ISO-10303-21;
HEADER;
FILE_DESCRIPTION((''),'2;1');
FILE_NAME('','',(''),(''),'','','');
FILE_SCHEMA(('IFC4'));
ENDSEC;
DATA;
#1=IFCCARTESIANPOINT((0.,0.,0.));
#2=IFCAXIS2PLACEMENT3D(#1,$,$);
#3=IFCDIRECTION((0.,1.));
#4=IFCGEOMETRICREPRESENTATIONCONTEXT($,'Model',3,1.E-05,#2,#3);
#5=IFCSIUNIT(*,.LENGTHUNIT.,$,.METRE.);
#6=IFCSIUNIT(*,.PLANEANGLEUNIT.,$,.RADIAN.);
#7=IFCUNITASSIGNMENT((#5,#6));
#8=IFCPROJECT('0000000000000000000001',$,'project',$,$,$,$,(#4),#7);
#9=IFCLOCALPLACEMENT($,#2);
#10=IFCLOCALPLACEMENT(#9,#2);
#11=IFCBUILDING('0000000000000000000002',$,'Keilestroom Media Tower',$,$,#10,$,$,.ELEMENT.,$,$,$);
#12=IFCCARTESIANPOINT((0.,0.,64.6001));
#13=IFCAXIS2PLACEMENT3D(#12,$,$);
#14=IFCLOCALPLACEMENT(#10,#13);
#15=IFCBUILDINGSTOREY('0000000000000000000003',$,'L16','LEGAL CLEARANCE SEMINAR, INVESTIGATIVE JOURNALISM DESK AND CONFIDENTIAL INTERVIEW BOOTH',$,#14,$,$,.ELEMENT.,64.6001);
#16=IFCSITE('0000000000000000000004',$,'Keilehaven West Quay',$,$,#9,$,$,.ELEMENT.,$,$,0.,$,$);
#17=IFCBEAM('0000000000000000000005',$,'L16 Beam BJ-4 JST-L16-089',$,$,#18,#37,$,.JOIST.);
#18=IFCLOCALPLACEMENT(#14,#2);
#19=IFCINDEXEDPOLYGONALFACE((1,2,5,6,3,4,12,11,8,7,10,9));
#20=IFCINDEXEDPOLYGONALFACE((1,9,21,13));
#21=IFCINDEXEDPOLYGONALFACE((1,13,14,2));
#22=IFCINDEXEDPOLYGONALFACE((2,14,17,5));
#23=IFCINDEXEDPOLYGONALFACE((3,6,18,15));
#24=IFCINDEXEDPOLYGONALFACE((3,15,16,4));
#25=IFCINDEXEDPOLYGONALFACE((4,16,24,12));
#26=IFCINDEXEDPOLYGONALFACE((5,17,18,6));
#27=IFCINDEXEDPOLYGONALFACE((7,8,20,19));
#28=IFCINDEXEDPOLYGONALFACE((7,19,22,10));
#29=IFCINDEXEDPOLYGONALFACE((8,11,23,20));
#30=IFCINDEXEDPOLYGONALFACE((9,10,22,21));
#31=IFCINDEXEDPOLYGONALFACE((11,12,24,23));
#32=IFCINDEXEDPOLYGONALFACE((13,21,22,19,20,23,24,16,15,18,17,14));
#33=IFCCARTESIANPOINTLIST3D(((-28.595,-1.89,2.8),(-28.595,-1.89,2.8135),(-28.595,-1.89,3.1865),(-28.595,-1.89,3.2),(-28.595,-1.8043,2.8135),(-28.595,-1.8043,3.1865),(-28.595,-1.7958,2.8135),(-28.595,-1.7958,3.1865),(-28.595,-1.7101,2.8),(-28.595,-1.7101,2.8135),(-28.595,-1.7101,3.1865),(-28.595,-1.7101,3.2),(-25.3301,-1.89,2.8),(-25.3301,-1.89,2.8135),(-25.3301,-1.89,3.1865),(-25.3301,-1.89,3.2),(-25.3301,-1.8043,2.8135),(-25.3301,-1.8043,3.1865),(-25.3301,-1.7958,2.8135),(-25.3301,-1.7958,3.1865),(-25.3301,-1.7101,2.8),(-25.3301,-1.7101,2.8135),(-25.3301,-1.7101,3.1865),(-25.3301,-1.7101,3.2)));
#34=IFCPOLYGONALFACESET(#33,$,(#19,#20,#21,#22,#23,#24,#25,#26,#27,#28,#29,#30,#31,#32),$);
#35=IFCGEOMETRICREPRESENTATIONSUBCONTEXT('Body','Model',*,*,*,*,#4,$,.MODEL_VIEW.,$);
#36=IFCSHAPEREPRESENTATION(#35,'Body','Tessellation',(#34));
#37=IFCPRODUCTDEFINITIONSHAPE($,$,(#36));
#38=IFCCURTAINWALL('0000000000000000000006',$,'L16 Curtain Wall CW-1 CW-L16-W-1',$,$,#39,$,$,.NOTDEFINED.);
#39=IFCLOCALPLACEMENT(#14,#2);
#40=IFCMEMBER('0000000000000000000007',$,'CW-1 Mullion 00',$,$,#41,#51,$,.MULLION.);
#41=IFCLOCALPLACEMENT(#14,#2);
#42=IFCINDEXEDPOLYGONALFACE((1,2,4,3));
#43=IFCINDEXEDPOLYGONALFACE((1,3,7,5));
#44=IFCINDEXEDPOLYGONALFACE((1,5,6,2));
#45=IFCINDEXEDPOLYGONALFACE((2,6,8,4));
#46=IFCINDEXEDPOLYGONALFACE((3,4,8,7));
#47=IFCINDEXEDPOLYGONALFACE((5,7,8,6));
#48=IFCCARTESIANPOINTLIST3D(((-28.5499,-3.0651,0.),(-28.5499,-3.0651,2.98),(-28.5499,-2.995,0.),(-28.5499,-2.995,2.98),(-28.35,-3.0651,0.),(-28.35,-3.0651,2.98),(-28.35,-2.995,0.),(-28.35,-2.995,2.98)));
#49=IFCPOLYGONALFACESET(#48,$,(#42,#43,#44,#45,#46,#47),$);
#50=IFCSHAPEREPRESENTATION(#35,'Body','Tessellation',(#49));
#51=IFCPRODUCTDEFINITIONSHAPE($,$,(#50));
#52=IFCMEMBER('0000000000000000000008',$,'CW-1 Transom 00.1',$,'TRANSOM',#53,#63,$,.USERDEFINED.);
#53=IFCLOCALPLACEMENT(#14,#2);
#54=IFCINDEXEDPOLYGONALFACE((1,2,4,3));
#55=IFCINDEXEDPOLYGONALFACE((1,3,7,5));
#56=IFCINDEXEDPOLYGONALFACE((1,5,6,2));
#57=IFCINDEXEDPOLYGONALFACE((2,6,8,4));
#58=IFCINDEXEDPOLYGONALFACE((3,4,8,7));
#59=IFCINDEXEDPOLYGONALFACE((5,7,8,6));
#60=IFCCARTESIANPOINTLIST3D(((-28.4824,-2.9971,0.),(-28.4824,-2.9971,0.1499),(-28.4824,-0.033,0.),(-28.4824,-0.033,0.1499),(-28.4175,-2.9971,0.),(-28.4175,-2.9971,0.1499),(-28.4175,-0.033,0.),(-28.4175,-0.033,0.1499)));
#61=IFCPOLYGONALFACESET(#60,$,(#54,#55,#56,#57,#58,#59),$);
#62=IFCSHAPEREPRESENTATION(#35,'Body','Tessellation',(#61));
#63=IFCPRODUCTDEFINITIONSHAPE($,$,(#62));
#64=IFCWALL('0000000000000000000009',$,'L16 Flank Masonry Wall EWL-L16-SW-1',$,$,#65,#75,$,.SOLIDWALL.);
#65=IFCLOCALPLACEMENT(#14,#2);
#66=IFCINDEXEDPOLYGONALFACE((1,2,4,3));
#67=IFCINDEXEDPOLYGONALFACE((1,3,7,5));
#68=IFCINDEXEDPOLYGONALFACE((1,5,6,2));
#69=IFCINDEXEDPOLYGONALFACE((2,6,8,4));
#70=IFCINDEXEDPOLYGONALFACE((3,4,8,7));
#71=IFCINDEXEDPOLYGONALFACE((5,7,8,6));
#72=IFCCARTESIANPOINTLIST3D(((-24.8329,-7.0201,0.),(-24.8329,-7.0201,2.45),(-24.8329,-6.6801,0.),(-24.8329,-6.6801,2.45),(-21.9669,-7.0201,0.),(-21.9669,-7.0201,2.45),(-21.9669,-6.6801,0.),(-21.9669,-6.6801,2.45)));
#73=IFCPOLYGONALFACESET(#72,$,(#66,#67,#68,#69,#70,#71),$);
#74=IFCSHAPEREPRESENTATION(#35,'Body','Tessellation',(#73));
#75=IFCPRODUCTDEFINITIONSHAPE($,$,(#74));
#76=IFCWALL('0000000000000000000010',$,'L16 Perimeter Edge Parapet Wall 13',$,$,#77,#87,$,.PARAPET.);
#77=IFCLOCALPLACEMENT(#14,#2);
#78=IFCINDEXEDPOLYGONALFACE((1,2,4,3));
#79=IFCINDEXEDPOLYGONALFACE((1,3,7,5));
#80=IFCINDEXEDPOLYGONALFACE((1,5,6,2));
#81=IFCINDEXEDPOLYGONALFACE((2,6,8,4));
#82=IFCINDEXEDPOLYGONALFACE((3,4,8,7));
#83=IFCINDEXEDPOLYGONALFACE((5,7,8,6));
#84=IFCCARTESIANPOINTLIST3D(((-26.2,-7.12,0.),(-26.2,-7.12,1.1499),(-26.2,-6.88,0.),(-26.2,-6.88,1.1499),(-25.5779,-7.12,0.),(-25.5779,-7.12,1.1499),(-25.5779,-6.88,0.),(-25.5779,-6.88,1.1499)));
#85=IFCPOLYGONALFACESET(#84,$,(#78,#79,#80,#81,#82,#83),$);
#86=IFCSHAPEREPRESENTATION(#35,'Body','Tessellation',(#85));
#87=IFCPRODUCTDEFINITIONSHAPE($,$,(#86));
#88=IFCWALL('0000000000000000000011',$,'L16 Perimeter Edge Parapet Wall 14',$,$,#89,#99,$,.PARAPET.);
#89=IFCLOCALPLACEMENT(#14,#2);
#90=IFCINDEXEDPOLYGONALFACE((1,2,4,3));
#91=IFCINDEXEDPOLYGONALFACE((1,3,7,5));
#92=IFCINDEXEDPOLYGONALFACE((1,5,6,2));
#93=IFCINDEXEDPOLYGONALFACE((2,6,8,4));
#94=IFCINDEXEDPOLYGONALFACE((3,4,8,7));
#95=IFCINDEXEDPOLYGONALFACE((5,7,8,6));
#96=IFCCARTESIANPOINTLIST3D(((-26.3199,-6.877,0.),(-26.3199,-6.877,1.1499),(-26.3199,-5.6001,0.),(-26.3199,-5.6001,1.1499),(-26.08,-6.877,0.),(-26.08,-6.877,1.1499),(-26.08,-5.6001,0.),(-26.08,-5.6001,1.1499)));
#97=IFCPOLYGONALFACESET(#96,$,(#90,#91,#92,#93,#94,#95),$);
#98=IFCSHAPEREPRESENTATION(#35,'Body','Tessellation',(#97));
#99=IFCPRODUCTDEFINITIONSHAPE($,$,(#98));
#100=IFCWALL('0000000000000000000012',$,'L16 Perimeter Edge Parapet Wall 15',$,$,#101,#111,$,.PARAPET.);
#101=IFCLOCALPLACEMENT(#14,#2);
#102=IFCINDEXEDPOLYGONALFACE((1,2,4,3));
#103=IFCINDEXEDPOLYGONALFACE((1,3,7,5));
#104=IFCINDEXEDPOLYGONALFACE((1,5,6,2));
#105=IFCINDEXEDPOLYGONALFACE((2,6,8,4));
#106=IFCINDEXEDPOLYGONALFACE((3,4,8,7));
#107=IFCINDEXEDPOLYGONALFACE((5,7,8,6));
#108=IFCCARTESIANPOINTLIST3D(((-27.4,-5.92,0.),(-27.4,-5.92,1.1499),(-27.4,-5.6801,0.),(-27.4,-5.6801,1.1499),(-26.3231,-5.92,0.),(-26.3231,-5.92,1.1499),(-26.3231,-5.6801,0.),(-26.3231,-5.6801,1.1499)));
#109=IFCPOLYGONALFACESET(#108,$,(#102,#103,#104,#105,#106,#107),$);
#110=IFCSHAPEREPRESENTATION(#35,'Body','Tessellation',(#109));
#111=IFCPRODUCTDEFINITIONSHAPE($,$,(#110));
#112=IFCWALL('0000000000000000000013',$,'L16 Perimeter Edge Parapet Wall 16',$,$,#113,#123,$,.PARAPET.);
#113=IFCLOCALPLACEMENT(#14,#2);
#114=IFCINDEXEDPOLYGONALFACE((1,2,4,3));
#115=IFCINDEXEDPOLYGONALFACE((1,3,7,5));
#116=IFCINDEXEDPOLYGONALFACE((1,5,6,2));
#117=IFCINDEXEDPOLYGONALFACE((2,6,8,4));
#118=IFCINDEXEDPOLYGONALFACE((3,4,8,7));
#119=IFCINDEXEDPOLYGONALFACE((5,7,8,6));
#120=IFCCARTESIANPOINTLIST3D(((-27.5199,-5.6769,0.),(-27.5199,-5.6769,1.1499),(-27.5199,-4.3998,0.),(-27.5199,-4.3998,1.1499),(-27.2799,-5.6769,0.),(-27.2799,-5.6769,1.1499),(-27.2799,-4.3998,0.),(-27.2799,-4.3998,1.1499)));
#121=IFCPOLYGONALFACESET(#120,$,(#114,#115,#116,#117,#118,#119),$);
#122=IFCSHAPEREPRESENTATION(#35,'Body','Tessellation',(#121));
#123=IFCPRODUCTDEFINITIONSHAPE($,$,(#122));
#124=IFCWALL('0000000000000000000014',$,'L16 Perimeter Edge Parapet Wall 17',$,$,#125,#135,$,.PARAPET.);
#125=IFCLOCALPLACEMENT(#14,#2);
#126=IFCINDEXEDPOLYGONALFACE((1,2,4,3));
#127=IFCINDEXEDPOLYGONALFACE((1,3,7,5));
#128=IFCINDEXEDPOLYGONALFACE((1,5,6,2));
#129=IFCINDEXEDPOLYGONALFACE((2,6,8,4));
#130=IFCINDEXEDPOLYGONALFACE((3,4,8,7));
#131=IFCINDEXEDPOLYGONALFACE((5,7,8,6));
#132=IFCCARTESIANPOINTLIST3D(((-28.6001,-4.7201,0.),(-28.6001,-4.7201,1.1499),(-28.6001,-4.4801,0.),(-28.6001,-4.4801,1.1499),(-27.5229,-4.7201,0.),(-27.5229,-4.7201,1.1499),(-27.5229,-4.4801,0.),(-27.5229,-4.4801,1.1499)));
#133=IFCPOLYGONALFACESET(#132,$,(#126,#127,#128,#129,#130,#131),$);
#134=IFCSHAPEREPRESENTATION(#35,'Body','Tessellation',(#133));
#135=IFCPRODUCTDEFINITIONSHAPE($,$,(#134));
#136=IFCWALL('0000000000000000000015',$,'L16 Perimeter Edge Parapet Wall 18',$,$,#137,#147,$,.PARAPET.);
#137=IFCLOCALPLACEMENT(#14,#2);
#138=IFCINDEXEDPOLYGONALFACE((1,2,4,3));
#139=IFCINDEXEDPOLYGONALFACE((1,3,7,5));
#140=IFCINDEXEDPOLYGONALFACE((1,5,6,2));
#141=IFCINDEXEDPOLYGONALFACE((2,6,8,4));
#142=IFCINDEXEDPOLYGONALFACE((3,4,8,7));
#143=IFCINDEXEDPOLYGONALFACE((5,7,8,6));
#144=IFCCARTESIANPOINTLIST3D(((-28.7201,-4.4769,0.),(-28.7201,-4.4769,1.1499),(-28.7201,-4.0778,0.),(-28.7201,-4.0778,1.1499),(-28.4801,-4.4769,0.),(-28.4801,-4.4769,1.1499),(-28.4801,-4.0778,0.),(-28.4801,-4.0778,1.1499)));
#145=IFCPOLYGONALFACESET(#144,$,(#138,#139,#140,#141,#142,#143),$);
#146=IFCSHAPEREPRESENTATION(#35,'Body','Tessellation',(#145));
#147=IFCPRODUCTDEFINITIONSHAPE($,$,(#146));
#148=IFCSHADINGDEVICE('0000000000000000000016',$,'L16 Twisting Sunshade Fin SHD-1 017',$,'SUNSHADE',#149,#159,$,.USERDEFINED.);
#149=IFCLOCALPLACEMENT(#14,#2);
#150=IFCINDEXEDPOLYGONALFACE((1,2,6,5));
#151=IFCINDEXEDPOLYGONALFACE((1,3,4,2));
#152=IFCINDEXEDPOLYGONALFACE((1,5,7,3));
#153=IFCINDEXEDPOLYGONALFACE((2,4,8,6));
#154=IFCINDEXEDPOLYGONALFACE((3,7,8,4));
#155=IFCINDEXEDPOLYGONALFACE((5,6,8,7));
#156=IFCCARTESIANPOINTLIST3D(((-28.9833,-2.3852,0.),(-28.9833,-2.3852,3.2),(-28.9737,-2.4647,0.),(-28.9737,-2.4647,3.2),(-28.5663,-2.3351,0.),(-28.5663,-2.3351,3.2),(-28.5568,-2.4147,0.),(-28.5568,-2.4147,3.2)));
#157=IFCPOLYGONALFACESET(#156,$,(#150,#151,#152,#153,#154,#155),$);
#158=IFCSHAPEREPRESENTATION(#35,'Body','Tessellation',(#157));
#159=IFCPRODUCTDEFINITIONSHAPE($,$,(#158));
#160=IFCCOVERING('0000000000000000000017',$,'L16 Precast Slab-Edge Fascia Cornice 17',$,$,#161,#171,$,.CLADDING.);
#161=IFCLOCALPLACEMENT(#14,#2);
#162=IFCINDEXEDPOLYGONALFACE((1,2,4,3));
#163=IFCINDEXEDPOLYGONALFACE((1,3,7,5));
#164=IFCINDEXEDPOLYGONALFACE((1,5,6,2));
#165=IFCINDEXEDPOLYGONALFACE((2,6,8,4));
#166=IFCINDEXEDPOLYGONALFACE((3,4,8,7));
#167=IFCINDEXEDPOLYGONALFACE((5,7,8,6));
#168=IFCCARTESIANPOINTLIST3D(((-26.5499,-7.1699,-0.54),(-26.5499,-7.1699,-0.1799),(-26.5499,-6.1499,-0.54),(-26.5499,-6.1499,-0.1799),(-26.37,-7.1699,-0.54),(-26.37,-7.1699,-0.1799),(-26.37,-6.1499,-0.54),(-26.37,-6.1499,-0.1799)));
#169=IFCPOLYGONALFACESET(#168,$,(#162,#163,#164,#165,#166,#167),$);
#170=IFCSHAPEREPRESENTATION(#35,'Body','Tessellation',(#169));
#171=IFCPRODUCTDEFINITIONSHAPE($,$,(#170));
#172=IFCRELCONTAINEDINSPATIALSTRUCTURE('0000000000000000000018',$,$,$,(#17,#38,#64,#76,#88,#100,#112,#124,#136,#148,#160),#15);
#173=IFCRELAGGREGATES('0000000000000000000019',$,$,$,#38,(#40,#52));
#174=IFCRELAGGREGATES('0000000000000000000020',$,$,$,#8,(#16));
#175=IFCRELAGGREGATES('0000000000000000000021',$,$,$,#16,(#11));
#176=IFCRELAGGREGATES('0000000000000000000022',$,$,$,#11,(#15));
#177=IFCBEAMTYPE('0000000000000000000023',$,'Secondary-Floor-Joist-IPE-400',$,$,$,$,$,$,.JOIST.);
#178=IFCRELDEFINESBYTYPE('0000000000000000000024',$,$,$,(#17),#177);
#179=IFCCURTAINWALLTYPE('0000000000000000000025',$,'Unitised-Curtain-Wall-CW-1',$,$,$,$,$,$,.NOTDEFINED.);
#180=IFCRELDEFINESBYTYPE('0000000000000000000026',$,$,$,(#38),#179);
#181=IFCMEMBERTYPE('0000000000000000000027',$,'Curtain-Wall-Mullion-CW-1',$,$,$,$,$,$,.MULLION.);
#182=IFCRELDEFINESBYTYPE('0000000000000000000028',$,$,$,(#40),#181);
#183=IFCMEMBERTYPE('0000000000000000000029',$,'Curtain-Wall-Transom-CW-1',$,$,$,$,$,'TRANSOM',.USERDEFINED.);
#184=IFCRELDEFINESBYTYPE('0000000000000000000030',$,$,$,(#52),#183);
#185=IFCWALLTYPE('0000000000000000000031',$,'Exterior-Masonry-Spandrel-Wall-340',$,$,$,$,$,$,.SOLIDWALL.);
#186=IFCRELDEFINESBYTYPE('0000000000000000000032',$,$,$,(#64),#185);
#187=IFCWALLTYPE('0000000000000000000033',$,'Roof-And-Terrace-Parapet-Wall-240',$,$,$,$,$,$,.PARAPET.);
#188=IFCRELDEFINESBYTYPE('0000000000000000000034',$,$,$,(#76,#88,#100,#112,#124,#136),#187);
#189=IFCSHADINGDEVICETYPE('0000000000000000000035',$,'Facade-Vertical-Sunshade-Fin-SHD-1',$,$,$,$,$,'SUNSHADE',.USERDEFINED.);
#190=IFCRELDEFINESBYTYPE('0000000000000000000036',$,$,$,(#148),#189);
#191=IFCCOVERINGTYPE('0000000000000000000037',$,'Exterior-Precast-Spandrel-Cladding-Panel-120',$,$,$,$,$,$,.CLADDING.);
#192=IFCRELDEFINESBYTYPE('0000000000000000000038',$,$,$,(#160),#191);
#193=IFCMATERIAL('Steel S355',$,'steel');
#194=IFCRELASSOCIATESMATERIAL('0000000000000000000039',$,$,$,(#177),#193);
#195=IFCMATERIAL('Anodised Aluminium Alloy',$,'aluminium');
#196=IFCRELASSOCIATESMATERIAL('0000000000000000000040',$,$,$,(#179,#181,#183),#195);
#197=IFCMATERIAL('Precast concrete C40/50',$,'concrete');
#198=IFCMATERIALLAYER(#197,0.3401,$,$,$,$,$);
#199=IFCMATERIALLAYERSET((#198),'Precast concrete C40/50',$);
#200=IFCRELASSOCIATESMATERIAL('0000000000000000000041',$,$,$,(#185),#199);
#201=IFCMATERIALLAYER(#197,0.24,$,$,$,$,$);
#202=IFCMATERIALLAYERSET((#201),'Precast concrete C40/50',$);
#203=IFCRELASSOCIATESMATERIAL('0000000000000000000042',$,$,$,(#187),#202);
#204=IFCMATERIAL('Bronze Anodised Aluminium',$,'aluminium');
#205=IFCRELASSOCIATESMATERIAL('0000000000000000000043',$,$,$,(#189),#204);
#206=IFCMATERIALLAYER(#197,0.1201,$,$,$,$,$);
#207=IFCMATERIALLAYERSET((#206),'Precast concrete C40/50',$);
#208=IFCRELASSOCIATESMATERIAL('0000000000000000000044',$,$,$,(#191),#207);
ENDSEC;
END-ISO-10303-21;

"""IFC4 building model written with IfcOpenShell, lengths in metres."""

from ifc_helpers import new_model, si_unit, direction, frame, frame_2d, origin, origin_2d, place, context, subcontext, project, spatial, rectangle, i_section, extrude, source, transform, mapped, material, layer, layer_set, material_profile, profile_set, type_object, element, aggregate, save


model = new_model("IFC4")

# Units and contexts
model_context = context("Model", 3, precision=1e-05, world=origin(), true_north=direction((0.0, 1.0)))
body_context = subcontext(model_context, "Body", "Model", "MODEL_VIEW")
ifc_project = project(units=[si_unit("LENGTHUNIT", "METRE"), si_unit("PLANEANGLEUNIT", "RADIAN")], contexts=[model_context])

# Site, building, storey
site_placement = place(None, origin())
site = spatial("IfcSite", under=ifc_project, at=site_placement, Name="Keilehaven West Quay", CompositionType="ELEMENT", RefElevation=0.0)
building_placement = place(site_placement, origin())
building = spatial("IfcBuilding", under=site, at=building_placement, Name="Keilestroom Media Tower", CompositionType="ELEMENT")
storey_placement = place(building_placement, frame((0.0, 0.0, 64.6001)))
storey = spatial("IfcBuildingStorey", under=building, at=storey_placement, Name="L16", Description="LEGAL CLEARANCE SEMINAR, INVESTIGATIVE JOURNALISM DESK AND CONFIDENTIAL INTERVIEW BOOTH", CompositionType="ELEMENT", Elevation=64.6001)

# Shared definitions
ifc_material_1 = material(Name="Precast concrete C40/50", Category="concrete")

# Beam
ifc_material_2 = material(Name="Steel S355", Category="steel")
ifc_material_profile_1 = material_profile(ifc_material_2, i_section(OverallWidth=0.1799, OverallDepth=0.3999, WebThickness=0.0085, FlangeThickness=0.0134, at=origin_2d()), Name="IPE 400")
ifc_profile_set_1 = profile_set([ifc_material_profile_1], Name="Steel S355")
beam_type_1 = type_object("IfcBeamType", Name="Secondary-Floor-Joist-IPE-400", PredefinedType="JOIST", material=ifc_profile_set_1)
shared_shape_1 = source(origin(), body_context, "Body", "SweptSolid", [
    extrude(i_section(OverallWidth=0.1799, OverallDepth=0.3999, WebThickness=0.0085, FlangeThickness=0.0134, at=origin_2d()), origin(), (0.0, 0.0, 1.0), 3.2649),
])
beam_1_placement = place(storey_placement, frame((-28.595, -1.8, 3.0), z_axis=(1.0, 0.0, 0.0), x_axis=(0.0, 1.0, 0.0)))
element("IfcBeam", 1, at=beam_1_placement, inside=storey, type_object=beam_type_1, Name="L16 Beam BJ-4 JST-L16-089", PredefinedType="JOIST", context=body_context, shape_type="MappedRepresentation", body=[
    mapped(shared_shape_1, transform((0.0, 0.0, 0.0), x_axis=(1.0, 0.0, 0.0), y_axis=(0.0, 1.0, 0.0), z_axis=(0.0, 0.0, 1.0), scale=1.0)),
])

# Curtain wall, members
ifc_material_3 = material(Name="Anodised Aluminium Alloy", Category="aluminium")
curtain_wall_type = type_object("IfcCurtainWallType", Name="Unitised-Curtain-Wall-CW-1", PredefinedType="NOTDEFINED", material=ifc_material_3)
curtain_wall_placement = place(storey_placement, origin())
curtain_wall = element("IfcCurtainWall", 2, at=curtain_wall_placement, inside=storey, type_object=curtain_wall_type, Name="L16 Curtain Wall CW-1 CW-L16-W-1", PredefinedType="NOTDEFINED")
ifc_material_profile_2 = material_profile(ifc_material_3, rectangle(XDim=0.0701, YDim=0.2, at=origin_2d()), Name="ALU MULLION 70x200")
ifc_profile_set_2 = profile_set([ifc_material_profile_2], Name="Anodised Aluminium Alloy")
member_type_1 = type_object("IfcMemberType", Name="Curtain-Wall-Mullion-CW-1", PredefinedType="MULLION", material=ifc_profile_set_2)
shared_shape_2 = source(origin(), body_context, "Body", "SweptSolid", [
    extrude(rectangle(XDim=0.0701, YDim=0.2, at=origin_2d()), origin(), (0.0, 0.0, 1.0), 2.98),
])
member_1_placement = place(storey_placement, frame((-28.45, -3.03, 0.0), z_axis=(0.0, 0.0, 1.0), x_axis=(0.0, 1.0, 0.0)))
member_1 = element("IfcMember", 3, at=member_1_placement, type_object=member_type_1, Name="CW-1 Mullion 00", PredefinedType="MULLION", context=body_context, shape_type="MappedRepresentation", body=[
    mapped(shared_shape_2, transform((0.0, 0.0, 0.0), x_axis=(1.0, 0.0, 0.0), y_axis=(0.0, 1.0, 0.0), z_axis=(0.0, 0.0, 1.0), scale=1.0)),
])
ifc_material_profile_3 = material_profile(ifc_material_3, rectangle(XDim=0.0649, YDim=0.1499, at=origin_2d()), Name="ALU TRANSOM 65x150")
ifc_profile_set_3 = profile_set([ifc_material_profile_3], Name="Anodised Aluminium Alloy")
member_type_2 = type_object("IfcMemberType", Name="Curtain-Wall-Transom-CW-1", ElementType="TRANSOM", PredefinedType="USERDEFINED", material=ifc_profile_set_3)
shared_shape_3 = source(origin(), body_context, "Body", "SweptSolid", [
    extrude(rectangle(XDim=0.0649, YDim=0.1499, at=origin_2d()), origin(), (0.0, 0.0, 1.0), 2.9641),
])
member_2_placement = place(storey_placement, frame((-28.45, -2.9971, 0.075), z_axis=(0.0, 1.0, 0.0), x_axis=(-1.0, 0.0, 0.0)))
member_2 = element("IfcMember", 4, at=member_2_placement, type_object=member_type_2, Name="CW-1 Transom 00.1", ObjectType="TRANSOM", PredefinedType="USERDEFINED", context=body_context, shape_type="MappedRepresentation", body=[
    mapped(shared_shape_3, transform((0.0, 0.0, 0.0), x_axis=(1.0, 0.0, 0.0), y_axis=(0.0, 1.0, 0.0), z_axis=(0.0, 0.0, 1.0), scale=1.0)),
])
aggregate(curtain_wall, [member_1, member_2])

# Walls
ifc_layer_1 = layer(ifc_material_1, 0.3401)
ifc_layer_set_1 = layer_set([ifc_layer_1], Name="Precast concrete C40/50")
wall_type_1 = type_object("IfcWallType", Name="Exterior-Masonry-Spandrel-Wall-340", PredefinedType="SOLIDWALL", material=ifc_layer_set_1)
wall_1_placement = place(storey_placement, frame((-24.833, -6.8501, 0.0), z_axis=(0.0, 0.0, 1.0), x_axis=(1.0, 0.0, 0.0)))
element("IfcWall", 5, at=wall_1_placement, inside=storey, type_object=wall_type_1, Name="L16 Flank Masonry Wall EWL-L16-SW-1", PredefinedType="SOLIDWALL", context=body_context, shape_type="SweptSolid", body=[
    extrude(rectangle(XDim=2.866, YDim=0.3401, at=frame_2d((1.4331, 0.0))), origin(), (0.0, 0.0, 1.0), 2.45),
])
ifc_layer_2 = layer(ifc_material_1, 0.24)
ifc_layer_set_2 = layer_set([ifc_layer_2], Name="Precast concrete C40/50")
wall_type_2 = type_object("IfcWallType", Name="Roof-And-Terrace-Parapet-Wall-240", PredefinedType="PARAPET", material=ifc_layer_set_2)
wall_2_placement = place(storey_placement, frame((-25.5779, -7.0, 0.0), z_axis=(0.0, 0.0, 1.0), x_axis=(-1.0, 0.0, 0.0)))
element("IfcWall", 6, at=wall_2_placement, inside=storey, type_object=wall_type_2, Name="L16 Perimeter Edge Parapet Wall 13", PredefinedType="PARAPET", context=body_context, shape_type="SweptSolid", body=[
    extrude(rectangle(XDim=0.6221, YDim=0.24, at=frame_2d((0.311, 0.0))), origin(), (0.0, 0.0, 1.0), 1.1499),
])
wall_3_placement = place(storey_placement, frame((-26.2, -6.877, 0.0), z_axis=(0.0, 0.0, 1.0), x_axis=(0.0, 1.0, 0.0)))
element("IfcWall", 7, at=wall_3_placement, inside=storey, type_object=wall_type_2, Name="L16 Perimeter Edge Parapet Wall 14", PredefinedType="PARAPET", context=body_context, shape_type="SweptSolid", body=[
    extrude(rectangle(XDim=1.2769, YDim=0.24, at=frame_2d((0.6384, 0.0))), origin(), (0.0, 0.0, 1.0), 1.1499),
])
wall_4_placement = place(storey_placement, frame((-26.323, -5.8, 0.0), z_axis=(0.0, 0.0, 1.0), x_axis=(-1.0, 0.0, 0.0)))
element("IfcWall", 8, at=wall_4_placement, inside=storey, type_object=wall_type_2, Name="L16 Perimeter Edge Parapet Wall 15", PredefinedType="PARAPET", context=body_context, shape_type="SweptSolid", body=[
    extrude(rectangle(XDim=1.0769, YDim=0.24, at=frame_2d((0.5386, 0.0))), origin(), (0.0, 0.0, 1.0), 1.1499),
])
wall_5_placement = place(storey_placement, frame((-27.3999, -5.677, 0.0), z_axis=(0.0, 0.0, 1.0), x_axis=(0.0, 1.0, 0.0)))
element("IfcWall", 9, at=wall_5_placement, inside=storey, type_object=wall_type_2, Name="L16 Perimeter Edge Parapet Wall 16", PredefinedType="PARAPET", context=body_context, shape_type="SweptSolid", body=[
    extrude(rectangle(XDim=1.2771, YDim=0.24, at=frame_2d((0.6387, 0.0))), origin(), (0.0, 0.0, 1.0), 1.1499),
])
wall_6_placement = place(storey_placement, frame((-27.5229, -4.6001, 0.0), z_axis=(0.0, 0.0, 1.0), x_axis=(-1.0, 0.0, 0.0)))
element("IfcWall", 10, at=wall_6_placement, inside=storey, type_object=wall_type_2, Name="L16 Perimeter Edge Parapet Wall 17", PredefinedType="PARAPET", context=body_context, shape_type="SweptSolid", body=[
    extrude(rectangle(XDim=1.0771, YDim=0.24, at=frame_2d((0.5386, 0.0))), origin(), (0.0, 0.0, 1.0), 1.1499),
])
wall_7_placement = place(storey_placement, frame((-28.6001, -4.4771, 0.0), z_axis=(0.0, 0.0, 1.0), x_axis=(0.0, 1.0, 0.0)))
element("IfcWall", 11, at=wall_7_placement, inside=storey, type_object=wall_type_2, Name="L16 Perimeter Edge Parapet Wall 18", PredefinedType="PARAPET", context=body_context, shape_type="SweptSolid", body=[
    extrude(rectangle(XDim=0.3992, YDim=0.24, at=frame_2d((0.1997, 0.0))), origin(), (0.0, 0.0, 1.0), 1.1499),
])

# Shading device
ifc_material_4 = material(Name="Bronze Anodised Aluminium", Category="aluminium")
shading_device_type = type_object("IfcShadingDeviceType", Name="Facade-Vertical-Sunshade-Fin-SHD-1", ElementType="SUNSHADE", PredefinedType="USERDEFINED", material=ifc_material_4)
shared_shape_4 = source(origin(), body_context, "Body", "SweptSolid", [
    extrude(rectangle(XDim=0.4199, YDim=0.0801, at=origin_2d()), origin(), (0.0, 0.0, 1.0), 3.2),
])
shading_device_placement = place(storey_placement, frame((-28.77, -2.3999, 0.0), z_axis=(0.0, 0.0, 1.0), x_axis=(0.992883, 0.119097, 0.0)))
element("IfcShadingDevice", 12, at=shading_device_placement, inside=storey, type_object=shading_device_type, Name="L16 Twisting Sunshade Fin SHD-1 017", ObjectType="SUNSHADE", PredefinedType="USERDEFINED", context=body_context, shape_type="MappedRepresentation", body=[
    mapped(shared_shape_4, transform((0.0, 0.0, 0.0), x_axis=(1.0, 0.0, 0.0), y_axis=(0.0, 1.0, 0.0), z_axis=(0.0, 0.0, 1.0), scale=1.0)),
])

# Covering
ifc_layer_3 = layer(ifc_material_1, 0.1201)
ifc_layer_set_3 = layer_set([ifc_layer_3], Name="Precast concrete C40/50")
covering_type = type_object("IfcCoveringType", Name="Exterior-Precast-Spandrel-Cladding-Panel-120", PredefinedType="CLADDING", material=ifc_layer_set_3)
shared_shape_5 = source(origin(), body_context, "Body", "SweptSolid", [
    extrude(rectangle(XDim=1.02, YDim=0.1799, at=origin_2d()), origin(), (0.0, 0.0, 1.0), 0.3601),
])
for number, where, z_axis, x_axis, name in (
    (13, (-26.46, -6.6599, -0.54), (0.0, 0.0, 1.0), (0.0, 1.0, 0.0), "L16 Precast Slab-Edge Fascia Cornice 17"),
):
    element("IfcCovering", number, at=place(storey_placement, frame(where, z_axis=z_axis, x_axis=x_axis)), inside=storey, type_object=covering_type, Name=name, PredefinedType="CLADDING", context=body_context, shape_type="MappedRepresentation", body=[
        mapped(shared_shape_5, transform((0.0, 0.0, 0.0), x_axis=(1.0, 0.0, 0.0), y_axis=(0.0, 1.0, 0.0), z_axis=(0.0, 0.0, 1.0), scale=1.0)),
    ])

save(model, "model.ifc")
